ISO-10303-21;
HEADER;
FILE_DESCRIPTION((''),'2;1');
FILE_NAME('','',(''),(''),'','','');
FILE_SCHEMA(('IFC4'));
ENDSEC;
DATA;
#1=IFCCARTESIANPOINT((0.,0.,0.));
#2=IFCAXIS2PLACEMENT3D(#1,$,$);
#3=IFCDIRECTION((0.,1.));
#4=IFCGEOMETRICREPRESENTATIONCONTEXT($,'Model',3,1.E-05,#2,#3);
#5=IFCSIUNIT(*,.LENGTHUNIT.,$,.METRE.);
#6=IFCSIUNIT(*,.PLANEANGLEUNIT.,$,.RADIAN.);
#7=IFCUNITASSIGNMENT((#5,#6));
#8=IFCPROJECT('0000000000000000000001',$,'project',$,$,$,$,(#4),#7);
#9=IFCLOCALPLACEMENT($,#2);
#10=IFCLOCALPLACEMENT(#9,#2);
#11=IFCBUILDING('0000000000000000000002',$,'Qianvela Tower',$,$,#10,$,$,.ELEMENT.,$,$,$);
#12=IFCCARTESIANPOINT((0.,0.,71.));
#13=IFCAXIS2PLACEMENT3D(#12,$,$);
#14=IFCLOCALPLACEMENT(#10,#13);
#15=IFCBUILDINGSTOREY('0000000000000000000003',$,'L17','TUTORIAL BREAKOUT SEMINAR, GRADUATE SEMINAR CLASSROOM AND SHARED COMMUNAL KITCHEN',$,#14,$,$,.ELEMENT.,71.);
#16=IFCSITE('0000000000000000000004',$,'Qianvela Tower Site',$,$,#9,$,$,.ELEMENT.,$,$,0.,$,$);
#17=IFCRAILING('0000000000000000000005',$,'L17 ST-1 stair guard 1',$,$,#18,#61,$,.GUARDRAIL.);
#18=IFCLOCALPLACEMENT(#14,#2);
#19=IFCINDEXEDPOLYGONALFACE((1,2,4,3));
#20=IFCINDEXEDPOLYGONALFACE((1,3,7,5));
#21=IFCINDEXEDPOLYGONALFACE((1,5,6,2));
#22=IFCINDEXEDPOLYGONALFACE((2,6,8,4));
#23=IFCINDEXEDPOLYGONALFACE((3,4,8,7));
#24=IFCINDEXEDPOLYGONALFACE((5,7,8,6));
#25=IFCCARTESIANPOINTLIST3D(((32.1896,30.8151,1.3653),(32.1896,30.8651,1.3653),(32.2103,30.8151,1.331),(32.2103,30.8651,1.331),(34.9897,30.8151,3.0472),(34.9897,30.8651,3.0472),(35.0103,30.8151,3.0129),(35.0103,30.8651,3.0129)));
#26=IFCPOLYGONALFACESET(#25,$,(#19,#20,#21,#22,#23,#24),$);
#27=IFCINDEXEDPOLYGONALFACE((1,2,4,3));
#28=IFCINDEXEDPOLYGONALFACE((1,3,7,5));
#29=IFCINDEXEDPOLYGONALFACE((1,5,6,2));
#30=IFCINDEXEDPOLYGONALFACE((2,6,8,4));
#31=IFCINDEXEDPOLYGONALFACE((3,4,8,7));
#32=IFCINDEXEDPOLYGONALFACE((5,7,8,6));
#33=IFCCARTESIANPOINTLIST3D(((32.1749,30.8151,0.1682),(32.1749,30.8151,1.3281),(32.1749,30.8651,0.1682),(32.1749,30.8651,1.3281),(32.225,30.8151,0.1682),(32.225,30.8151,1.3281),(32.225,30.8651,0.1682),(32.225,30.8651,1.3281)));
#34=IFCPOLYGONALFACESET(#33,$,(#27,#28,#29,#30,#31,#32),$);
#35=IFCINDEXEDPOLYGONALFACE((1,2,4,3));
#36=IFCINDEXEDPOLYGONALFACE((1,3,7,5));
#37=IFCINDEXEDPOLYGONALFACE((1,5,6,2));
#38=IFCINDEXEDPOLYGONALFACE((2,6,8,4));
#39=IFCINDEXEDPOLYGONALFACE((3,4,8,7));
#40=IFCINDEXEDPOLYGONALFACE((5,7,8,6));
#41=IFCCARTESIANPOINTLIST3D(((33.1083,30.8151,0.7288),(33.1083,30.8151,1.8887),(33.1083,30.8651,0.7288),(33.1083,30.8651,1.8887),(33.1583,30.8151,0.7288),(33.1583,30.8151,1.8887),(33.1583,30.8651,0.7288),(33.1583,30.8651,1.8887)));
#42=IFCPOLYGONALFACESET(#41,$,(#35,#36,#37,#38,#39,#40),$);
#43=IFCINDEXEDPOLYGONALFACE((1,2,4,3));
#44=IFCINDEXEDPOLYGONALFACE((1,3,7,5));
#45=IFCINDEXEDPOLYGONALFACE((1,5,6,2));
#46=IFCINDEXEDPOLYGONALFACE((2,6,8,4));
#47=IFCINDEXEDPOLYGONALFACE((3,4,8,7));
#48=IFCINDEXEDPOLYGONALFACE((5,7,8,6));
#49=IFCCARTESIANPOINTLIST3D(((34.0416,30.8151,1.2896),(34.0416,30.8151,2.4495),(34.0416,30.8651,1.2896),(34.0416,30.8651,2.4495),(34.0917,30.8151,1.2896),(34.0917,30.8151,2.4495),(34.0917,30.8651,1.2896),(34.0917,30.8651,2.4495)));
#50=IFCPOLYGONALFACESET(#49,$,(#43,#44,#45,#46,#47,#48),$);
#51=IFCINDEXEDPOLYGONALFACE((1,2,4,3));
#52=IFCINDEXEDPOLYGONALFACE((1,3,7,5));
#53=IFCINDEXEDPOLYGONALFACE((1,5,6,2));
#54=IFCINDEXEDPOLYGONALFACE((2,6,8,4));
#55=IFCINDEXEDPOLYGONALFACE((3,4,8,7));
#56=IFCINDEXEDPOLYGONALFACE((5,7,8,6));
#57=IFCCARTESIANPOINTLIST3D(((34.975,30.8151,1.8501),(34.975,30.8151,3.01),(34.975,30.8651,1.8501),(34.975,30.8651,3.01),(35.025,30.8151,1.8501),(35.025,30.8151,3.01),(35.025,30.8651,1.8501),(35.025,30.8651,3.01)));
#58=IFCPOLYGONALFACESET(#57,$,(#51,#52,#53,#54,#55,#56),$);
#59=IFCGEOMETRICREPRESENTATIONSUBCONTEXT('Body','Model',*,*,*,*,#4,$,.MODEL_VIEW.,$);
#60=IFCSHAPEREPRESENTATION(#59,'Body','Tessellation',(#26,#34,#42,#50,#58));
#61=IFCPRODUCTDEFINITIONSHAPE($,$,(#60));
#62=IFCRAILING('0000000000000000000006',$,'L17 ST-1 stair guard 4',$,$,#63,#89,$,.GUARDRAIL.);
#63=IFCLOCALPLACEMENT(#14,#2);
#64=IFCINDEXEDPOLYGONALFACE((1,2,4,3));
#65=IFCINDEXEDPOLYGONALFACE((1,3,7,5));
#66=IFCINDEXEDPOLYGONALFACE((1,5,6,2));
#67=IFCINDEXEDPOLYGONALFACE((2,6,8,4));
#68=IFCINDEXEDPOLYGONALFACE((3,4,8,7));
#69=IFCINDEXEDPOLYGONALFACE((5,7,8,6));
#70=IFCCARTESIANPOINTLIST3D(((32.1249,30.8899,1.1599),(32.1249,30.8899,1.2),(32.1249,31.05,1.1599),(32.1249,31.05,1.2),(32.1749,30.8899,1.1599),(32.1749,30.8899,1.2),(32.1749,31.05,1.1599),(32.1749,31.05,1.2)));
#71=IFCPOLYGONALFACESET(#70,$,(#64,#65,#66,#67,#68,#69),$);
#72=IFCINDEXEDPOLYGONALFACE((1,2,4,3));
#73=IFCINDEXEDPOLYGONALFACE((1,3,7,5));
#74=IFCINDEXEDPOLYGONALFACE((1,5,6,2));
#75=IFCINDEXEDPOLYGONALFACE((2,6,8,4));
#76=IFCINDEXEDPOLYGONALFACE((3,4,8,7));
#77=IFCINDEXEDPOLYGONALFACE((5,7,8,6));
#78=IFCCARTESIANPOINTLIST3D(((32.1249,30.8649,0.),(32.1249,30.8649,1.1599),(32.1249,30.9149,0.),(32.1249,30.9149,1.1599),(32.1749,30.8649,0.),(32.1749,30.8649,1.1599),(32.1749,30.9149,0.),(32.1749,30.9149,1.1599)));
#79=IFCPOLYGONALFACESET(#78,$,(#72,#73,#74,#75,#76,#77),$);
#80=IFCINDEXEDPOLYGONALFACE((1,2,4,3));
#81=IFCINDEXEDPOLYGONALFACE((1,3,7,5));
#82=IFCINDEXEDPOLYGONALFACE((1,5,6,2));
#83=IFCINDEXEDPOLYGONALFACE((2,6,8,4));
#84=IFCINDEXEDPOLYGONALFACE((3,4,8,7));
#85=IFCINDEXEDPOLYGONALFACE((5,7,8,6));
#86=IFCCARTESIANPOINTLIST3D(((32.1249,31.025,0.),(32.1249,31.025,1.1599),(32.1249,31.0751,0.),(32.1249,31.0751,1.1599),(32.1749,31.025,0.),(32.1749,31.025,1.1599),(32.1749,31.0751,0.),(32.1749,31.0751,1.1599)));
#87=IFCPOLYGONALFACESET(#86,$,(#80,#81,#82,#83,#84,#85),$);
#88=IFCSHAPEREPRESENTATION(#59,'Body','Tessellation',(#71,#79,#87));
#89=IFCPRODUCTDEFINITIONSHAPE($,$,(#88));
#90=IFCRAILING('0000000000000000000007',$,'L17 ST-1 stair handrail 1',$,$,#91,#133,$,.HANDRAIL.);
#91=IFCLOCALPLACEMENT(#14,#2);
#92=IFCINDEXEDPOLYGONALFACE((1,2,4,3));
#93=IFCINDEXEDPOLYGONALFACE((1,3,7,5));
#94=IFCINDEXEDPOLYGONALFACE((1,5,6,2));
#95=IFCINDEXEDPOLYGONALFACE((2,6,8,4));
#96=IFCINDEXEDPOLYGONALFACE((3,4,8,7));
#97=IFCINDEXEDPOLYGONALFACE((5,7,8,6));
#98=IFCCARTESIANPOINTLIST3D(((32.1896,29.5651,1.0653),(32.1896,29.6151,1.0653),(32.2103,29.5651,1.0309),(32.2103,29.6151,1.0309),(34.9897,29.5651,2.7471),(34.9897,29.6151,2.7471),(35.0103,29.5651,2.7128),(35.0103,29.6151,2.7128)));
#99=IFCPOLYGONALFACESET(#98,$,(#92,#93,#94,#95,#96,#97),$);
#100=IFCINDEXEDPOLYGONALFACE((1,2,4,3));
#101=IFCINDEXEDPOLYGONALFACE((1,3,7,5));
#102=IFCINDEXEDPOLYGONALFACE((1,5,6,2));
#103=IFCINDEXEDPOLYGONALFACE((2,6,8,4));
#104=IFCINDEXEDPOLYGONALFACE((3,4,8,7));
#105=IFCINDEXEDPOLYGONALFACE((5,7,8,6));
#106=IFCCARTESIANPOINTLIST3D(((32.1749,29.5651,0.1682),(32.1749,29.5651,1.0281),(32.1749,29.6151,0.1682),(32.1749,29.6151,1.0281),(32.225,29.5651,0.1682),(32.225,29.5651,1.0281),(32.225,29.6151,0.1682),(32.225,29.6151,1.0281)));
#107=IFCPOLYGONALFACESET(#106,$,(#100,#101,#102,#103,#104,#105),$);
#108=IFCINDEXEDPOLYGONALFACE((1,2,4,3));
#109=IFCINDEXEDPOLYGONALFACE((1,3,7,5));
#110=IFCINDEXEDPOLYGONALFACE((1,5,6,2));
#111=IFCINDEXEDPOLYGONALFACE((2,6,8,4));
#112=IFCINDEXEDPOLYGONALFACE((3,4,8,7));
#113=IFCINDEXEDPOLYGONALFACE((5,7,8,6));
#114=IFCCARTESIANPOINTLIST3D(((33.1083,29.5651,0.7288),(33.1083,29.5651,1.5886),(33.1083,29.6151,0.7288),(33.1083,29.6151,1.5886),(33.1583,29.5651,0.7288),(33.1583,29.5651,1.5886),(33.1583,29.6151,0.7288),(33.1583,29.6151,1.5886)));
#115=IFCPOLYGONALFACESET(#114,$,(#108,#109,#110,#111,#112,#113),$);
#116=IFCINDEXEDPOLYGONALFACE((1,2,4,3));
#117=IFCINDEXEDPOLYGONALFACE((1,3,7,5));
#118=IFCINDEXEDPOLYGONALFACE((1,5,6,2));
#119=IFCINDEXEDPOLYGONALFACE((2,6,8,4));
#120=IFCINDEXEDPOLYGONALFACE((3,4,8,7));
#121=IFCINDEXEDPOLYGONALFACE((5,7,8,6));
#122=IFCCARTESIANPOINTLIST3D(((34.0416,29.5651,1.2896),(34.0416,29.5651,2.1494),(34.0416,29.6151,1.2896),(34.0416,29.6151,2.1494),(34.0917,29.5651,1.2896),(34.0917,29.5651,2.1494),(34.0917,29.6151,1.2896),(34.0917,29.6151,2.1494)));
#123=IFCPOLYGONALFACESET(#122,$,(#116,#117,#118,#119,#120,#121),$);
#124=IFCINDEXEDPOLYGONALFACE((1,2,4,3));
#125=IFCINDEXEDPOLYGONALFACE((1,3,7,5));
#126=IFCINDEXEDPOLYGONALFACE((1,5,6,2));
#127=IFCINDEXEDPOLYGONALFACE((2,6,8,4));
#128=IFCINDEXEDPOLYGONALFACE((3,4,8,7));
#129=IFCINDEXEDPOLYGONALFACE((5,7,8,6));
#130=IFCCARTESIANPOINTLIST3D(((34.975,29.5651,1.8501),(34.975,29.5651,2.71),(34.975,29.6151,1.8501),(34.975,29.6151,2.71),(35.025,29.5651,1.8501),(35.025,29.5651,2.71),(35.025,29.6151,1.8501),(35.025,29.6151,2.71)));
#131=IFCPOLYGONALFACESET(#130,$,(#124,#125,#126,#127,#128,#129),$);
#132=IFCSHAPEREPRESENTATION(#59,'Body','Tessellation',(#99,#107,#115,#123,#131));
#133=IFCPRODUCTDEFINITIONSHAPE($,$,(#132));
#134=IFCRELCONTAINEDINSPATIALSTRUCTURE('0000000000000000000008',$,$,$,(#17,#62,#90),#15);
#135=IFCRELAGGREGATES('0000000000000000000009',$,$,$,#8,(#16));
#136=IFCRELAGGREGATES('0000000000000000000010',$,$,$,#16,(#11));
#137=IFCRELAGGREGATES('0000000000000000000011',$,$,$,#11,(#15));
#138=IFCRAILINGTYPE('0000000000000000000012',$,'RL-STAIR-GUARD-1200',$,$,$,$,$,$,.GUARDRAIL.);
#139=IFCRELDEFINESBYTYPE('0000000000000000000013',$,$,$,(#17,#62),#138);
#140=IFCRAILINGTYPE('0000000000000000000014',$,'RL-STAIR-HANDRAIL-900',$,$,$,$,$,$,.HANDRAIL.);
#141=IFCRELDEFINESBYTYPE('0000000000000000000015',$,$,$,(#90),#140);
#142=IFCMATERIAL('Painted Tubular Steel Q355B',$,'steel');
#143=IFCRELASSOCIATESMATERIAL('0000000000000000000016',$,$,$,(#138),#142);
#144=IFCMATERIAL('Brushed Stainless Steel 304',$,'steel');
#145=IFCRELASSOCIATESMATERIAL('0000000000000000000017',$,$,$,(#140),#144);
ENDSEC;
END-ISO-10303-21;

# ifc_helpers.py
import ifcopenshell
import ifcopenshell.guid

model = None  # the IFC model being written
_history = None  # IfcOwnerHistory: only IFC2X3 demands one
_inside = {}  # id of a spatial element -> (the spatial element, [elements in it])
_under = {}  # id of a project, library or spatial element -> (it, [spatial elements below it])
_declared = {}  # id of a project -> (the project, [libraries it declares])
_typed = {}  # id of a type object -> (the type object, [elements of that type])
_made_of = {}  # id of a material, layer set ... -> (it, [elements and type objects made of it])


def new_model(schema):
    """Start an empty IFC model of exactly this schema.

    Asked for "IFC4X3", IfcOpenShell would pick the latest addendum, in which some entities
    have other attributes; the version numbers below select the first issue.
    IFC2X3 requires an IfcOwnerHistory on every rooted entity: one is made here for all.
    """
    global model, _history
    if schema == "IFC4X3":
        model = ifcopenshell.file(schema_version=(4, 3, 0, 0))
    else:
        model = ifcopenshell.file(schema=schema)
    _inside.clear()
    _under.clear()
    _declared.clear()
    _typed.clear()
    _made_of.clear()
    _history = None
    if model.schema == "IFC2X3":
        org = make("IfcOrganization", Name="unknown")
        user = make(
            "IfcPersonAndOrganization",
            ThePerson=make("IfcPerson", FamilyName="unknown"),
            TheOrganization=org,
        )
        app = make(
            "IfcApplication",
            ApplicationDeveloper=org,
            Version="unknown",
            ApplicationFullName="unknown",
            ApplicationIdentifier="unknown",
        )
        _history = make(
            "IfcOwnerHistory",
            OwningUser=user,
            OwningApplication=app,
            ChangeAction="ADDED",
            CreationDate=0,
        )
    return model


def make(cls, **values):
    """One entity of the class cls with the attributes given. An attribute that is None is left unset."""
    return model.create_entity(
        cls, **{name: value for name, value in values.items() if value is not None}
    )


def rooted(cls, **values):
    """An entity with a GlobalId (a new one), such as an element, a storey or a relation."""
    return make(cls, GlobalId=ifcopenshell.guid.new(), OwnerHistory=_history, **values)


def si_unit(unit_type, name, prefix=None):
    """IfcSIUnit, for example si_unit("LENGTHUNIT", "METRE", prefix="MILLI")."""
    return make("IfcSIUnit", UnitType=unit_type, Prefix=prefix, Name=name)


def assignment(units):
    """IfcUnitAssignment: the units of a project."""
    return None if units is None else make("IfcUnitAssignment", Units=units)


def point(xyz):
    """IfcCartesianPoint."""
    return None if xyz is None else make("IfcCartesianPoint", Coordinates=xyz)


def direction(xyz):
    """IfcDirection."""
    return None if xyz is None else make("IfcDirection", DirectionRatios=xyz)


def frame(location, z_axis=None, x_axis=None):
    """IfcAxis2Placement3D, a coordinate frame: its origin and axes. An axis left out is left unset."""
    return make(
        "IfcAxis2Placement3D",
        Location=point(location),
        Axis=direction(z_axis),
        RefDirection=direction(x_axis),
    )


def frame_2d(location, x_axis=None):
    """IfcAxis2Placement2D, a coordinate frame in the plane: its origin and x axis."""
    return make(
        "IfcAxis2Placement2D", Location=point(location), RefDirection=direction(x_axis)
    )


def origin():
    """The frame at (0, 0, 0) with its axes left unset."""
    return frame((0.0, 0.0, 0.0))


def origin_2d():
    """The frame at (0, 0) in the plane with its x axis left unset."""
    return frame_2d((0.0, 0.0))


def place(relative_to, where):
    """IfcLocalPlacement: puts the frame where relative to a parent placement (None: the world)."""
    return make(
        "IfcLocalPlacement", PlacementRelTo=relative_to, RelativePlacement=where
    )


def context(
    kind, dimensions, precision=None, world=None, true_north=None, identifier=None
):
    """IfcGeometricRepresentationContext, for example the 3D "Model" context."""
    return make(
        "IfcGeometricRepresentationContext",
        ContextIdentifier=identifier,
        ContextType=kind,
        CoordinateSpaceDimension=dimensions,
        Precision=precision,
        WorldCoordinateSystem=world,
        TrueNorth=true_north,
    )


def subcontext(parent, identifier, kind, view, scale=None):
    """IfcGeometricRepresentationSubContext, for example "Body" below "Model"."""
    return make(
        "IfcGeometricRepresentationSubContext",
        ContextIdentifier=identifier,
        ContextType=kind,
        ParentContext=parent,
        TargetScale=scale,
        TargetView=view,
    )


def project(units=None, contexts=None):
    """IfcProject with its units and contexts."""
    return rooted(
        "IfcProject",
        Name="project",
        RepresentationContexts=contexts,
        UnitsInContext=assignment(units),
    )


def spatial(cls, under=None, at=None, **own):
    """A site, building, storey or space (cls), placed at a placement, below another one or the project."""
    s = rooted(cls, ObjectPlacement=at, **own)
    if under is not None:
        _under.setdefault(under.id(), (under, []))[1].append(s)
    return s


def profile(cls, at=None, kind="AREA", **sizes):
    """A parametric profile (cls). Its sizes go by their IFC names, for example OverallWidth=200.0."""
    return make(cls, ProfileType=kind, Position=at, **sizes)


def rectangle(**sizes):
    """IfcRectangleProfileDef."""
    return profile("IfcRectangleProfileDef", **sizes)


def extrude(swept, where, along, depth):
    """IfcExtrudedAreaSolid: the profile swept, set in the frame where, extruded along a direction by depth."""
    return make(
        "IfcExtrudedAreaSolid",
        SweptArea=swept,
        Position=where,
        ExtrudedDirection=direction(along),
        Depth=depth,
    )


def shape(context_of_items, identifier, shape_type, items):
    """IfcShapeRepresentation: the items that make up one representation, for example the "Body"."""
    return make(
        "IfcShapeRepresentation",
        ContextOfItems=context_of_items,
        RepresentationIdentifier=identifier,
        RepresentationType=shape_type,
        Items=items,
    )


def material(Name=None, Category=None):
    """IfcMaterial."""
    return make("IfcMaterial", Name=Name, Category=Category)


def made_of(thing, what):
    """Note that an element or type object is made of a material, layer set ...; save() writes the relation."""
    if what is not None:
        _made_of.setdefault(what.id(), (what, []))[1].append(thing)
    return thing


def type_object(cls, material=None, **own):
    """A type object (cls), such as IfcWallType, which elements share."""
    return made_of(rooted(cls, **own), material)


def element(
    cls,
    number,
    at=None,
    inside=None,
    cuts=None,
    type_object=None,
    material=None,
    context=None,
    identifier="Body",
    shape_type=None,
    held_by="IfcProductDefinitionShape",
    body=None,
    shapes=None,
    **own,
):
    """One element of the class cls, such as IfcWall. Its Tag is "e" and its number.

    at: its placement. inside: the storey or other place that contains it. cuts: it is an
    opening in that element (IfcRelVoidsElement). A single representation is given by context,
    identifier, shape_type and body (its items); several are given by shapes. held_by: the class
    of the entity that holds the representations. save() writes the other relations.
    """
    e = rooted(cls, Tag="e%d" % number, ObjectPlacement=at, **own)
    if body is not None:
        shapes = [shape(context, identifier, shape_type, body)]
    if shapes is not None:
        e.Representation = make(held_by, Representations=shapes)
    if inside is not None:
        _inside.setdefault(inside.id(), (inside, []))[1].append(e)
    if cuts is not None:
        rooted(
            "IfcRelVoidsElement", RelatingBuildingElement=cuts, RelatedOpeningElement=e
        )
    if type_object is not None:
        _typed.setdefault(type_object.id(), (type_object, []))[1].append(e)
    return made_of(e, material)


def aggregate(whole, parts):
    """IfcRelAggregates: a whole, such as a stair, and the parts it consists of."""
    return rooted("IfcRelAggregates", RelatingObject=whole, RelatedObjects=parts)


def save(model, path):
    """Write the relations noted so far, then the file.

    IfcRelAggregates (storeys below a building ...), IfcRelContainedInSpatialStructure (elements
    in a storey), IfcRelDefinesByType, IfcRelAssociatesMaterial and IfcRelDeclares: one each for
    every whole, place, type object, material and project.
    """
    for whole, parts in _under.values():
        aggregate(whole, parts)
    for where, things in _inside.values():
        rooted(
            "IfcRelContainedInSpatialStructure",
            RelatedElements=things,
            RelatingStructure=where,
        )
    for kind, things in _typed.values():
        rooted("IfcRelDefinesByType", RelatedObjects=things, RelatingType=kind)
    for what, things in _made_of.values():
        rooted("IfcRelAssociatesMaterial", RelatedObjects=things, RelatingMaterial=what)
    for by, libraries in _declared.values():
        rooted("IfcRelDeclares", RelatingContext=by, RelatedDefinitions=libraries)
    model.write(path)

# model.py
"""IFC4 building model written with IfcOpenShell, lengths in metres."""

from ifc_helpers import new_model, si_unit, direction, frame, origin, origin_2d, place, context, subcontext, project, spatial, rectangle, extrude, material, type_object, element, save


model = new_model("IFC4")

# Units and contexts
model_context = context("Model", 3, precision=1e-05, world=origin(), true_north=direction((0.0, 1.0)))
body_context = subcontext(model_context, "Body", "Model", "MODEL_VIEW")
ifc_project = project(units=[si_unit("LENGTHUNIT", "METRE"), si_unit("PLANEANGLEUNIT", "RADIAN")], contexts=[model_context])

# Site, building, storey
site_placement = place(None, origin())
site = spatial("IfcSite", under=ifc_project, at=site_placement, Name="Qianvela Tower Site", CompositionType="ELEMENT", RefElevation=0.0)
building_placement = place(site_placement, origin())
building = spatial("IfcBuilding", under=site, at=building_placement, Name="Qianvela Tower", CompositionType="ELEMENT")
storey_placement = place(building_placement, frame((0.0, 0.0, 71.0)))
storey = spatial("IfcBuildingStorey", under=building, at=storey_placement, Name="L17", Description="TUTORIAL BREAKOUT SEMINAR, GRADUATE SEMINAR CLASSROOM AND SHARED COMMUNAL KITCHEN", CompositionType="ELEMENT", Elevation=71.0)

# Railings
ifc_material_1 = material(Name="Painted Tubular Steel Q355B", Category="steel")
railing_type_1 = type_object("IfcRailingType", Name="RL-STAIR-GUARD-1200", PredefinedType="GUARDRAIL", material=ifc_material_1)
railing_1_placement = place(storey_placement, frame((32.2, 30.8401, 0.1682)))
element("IfcRailing", 1, at=railing_1_placement, inside=storey, type_object=railing_type_1, Name="L17 ST-1 stair guard 1", PredefinedType="GUARDRAIL", context=body_context, shape_type="SweptSolid", body=[
    extrude(rectangle(XDim=0.05, YDim=0.04, at=origin_2d()), frame((0.0, 0.0, 1.1799), z_axis=(0.857242, 0.0, 0.514913), x_axis=(0.0, 1.0, 0.0)), (0.0, 0.0, 1.0), 3.2664),
    extrude(rectangle(XDim=0.05, YDim=0.05, at=origin_2d()), origin(), (0.0, 0.0, 1.0), 1.1599),
    extrude(rectangle(XDim=0.05, YDim=0.05, at=origin_2d()), frame((0.9333, 0.0, 0.5605)), (0.0, 0.0, 1.0), 1.1599),
    extrude(rectangle(XDim=0.05, YDim=0.05, at=origin_2d()), frame((1.8667, 0.0, 1.1213)), (0.0, 0.0, 1.0), 1.1599),
    extrude(rectangle(XDim=0.05, YDim=0.05, at=origin_2d()), frame((2.8, 0.0, 1.6819)), (0.0, 0.0, 1.0), 1.1599),
])
railing_2_placement = place(storey_placement, frame((32.1499, 30.8899, 0.0)))
element("IfcRailing", 2, at=railing_2_placement, inside=storey, type_object=railing_type_1, Name="L17 ST-1 stair guard 4", PredefinedType="GUARDRAIL", context=body_context, shape_type="SweptSolid", body=[
    extrude(rectangle(XDim=0.05, YDim=0.04, at=origin_2d()), frame((0.0, 0.0, 1.1799), z_axis=(0.0, 1.0, 0.0), x_axis=(-1.0, 0.0, 0.0)), (0.0, 0.0, 1.0), 0.1602),
    extrude(rectangle(XDim=0.05, YDim=0.05, at=origin_2d()), origin(), (0.0, 0.0, 1.0), 1.1599),
    extrude(rectangle(XDim=0.05, YDim=0.05, at=origin_2d()), frame((0.0, 0.1602, 0.0)), (0.0, 0.0, 1.0), 1.1599),
])
ifc_material_2 = material(Name="Brushed Stainless Steel 304", Category="steel")
railing_type_2 = type_object("IfcRailingType", Name="RL-STAIR-HANDRAIL-900", PredefinedType="HANDRAIL", material=ifc_material_2)
railing_3_placement = place(storey_placement, frame((32.2, 29.5901, 0.1682)))
element("IfcRailing", 3, at=railing_3_placement, inside=storey, type_object=railing_type_2, Name="L17 ST-1 stair handrail 1", PredefinedType="HANDRAIL", context=body_context, shape_type="SweptSolid", body=[
    extrude(rectangle(XDim=0.05, YDim=0.04, at=origin_2d()), frame((0.0, 0.0, 0.8799), z_axis=(0.857242, 0.0, 0.514913), x_axis=(0.0, 1.0, 0.0)), (0.0, 0.0, 1.0), 3.2664),
    extrude(rectangle(XDim=0.05, YDim=0.05, at=origin_2d()), origin(), (0.0, 0.0, 1.0), 0.8599),
    extrude(rectangle(XDim=0.05, YDim=0.05, at=origin_2d()), frame((0.9333, 0.0, 0.5605)), (0.0, 0.0, 1.0), 0.8599),
    extrude(rectangle(XDim=0.05, YDim=0.05, at=origin_2d()), frame((1.8667, 0.0, 1.1213)), (0.0, 0.0, 1.0), 0.8599),
    extrude(rectangle(XDim=0.05, YDim=0.05, at=origin_2d()), frame((2.8, 0.0, 1.6819)), (0.0, 0.0, 1.0), 0.8599),
])

save(model, "model.ifc")
